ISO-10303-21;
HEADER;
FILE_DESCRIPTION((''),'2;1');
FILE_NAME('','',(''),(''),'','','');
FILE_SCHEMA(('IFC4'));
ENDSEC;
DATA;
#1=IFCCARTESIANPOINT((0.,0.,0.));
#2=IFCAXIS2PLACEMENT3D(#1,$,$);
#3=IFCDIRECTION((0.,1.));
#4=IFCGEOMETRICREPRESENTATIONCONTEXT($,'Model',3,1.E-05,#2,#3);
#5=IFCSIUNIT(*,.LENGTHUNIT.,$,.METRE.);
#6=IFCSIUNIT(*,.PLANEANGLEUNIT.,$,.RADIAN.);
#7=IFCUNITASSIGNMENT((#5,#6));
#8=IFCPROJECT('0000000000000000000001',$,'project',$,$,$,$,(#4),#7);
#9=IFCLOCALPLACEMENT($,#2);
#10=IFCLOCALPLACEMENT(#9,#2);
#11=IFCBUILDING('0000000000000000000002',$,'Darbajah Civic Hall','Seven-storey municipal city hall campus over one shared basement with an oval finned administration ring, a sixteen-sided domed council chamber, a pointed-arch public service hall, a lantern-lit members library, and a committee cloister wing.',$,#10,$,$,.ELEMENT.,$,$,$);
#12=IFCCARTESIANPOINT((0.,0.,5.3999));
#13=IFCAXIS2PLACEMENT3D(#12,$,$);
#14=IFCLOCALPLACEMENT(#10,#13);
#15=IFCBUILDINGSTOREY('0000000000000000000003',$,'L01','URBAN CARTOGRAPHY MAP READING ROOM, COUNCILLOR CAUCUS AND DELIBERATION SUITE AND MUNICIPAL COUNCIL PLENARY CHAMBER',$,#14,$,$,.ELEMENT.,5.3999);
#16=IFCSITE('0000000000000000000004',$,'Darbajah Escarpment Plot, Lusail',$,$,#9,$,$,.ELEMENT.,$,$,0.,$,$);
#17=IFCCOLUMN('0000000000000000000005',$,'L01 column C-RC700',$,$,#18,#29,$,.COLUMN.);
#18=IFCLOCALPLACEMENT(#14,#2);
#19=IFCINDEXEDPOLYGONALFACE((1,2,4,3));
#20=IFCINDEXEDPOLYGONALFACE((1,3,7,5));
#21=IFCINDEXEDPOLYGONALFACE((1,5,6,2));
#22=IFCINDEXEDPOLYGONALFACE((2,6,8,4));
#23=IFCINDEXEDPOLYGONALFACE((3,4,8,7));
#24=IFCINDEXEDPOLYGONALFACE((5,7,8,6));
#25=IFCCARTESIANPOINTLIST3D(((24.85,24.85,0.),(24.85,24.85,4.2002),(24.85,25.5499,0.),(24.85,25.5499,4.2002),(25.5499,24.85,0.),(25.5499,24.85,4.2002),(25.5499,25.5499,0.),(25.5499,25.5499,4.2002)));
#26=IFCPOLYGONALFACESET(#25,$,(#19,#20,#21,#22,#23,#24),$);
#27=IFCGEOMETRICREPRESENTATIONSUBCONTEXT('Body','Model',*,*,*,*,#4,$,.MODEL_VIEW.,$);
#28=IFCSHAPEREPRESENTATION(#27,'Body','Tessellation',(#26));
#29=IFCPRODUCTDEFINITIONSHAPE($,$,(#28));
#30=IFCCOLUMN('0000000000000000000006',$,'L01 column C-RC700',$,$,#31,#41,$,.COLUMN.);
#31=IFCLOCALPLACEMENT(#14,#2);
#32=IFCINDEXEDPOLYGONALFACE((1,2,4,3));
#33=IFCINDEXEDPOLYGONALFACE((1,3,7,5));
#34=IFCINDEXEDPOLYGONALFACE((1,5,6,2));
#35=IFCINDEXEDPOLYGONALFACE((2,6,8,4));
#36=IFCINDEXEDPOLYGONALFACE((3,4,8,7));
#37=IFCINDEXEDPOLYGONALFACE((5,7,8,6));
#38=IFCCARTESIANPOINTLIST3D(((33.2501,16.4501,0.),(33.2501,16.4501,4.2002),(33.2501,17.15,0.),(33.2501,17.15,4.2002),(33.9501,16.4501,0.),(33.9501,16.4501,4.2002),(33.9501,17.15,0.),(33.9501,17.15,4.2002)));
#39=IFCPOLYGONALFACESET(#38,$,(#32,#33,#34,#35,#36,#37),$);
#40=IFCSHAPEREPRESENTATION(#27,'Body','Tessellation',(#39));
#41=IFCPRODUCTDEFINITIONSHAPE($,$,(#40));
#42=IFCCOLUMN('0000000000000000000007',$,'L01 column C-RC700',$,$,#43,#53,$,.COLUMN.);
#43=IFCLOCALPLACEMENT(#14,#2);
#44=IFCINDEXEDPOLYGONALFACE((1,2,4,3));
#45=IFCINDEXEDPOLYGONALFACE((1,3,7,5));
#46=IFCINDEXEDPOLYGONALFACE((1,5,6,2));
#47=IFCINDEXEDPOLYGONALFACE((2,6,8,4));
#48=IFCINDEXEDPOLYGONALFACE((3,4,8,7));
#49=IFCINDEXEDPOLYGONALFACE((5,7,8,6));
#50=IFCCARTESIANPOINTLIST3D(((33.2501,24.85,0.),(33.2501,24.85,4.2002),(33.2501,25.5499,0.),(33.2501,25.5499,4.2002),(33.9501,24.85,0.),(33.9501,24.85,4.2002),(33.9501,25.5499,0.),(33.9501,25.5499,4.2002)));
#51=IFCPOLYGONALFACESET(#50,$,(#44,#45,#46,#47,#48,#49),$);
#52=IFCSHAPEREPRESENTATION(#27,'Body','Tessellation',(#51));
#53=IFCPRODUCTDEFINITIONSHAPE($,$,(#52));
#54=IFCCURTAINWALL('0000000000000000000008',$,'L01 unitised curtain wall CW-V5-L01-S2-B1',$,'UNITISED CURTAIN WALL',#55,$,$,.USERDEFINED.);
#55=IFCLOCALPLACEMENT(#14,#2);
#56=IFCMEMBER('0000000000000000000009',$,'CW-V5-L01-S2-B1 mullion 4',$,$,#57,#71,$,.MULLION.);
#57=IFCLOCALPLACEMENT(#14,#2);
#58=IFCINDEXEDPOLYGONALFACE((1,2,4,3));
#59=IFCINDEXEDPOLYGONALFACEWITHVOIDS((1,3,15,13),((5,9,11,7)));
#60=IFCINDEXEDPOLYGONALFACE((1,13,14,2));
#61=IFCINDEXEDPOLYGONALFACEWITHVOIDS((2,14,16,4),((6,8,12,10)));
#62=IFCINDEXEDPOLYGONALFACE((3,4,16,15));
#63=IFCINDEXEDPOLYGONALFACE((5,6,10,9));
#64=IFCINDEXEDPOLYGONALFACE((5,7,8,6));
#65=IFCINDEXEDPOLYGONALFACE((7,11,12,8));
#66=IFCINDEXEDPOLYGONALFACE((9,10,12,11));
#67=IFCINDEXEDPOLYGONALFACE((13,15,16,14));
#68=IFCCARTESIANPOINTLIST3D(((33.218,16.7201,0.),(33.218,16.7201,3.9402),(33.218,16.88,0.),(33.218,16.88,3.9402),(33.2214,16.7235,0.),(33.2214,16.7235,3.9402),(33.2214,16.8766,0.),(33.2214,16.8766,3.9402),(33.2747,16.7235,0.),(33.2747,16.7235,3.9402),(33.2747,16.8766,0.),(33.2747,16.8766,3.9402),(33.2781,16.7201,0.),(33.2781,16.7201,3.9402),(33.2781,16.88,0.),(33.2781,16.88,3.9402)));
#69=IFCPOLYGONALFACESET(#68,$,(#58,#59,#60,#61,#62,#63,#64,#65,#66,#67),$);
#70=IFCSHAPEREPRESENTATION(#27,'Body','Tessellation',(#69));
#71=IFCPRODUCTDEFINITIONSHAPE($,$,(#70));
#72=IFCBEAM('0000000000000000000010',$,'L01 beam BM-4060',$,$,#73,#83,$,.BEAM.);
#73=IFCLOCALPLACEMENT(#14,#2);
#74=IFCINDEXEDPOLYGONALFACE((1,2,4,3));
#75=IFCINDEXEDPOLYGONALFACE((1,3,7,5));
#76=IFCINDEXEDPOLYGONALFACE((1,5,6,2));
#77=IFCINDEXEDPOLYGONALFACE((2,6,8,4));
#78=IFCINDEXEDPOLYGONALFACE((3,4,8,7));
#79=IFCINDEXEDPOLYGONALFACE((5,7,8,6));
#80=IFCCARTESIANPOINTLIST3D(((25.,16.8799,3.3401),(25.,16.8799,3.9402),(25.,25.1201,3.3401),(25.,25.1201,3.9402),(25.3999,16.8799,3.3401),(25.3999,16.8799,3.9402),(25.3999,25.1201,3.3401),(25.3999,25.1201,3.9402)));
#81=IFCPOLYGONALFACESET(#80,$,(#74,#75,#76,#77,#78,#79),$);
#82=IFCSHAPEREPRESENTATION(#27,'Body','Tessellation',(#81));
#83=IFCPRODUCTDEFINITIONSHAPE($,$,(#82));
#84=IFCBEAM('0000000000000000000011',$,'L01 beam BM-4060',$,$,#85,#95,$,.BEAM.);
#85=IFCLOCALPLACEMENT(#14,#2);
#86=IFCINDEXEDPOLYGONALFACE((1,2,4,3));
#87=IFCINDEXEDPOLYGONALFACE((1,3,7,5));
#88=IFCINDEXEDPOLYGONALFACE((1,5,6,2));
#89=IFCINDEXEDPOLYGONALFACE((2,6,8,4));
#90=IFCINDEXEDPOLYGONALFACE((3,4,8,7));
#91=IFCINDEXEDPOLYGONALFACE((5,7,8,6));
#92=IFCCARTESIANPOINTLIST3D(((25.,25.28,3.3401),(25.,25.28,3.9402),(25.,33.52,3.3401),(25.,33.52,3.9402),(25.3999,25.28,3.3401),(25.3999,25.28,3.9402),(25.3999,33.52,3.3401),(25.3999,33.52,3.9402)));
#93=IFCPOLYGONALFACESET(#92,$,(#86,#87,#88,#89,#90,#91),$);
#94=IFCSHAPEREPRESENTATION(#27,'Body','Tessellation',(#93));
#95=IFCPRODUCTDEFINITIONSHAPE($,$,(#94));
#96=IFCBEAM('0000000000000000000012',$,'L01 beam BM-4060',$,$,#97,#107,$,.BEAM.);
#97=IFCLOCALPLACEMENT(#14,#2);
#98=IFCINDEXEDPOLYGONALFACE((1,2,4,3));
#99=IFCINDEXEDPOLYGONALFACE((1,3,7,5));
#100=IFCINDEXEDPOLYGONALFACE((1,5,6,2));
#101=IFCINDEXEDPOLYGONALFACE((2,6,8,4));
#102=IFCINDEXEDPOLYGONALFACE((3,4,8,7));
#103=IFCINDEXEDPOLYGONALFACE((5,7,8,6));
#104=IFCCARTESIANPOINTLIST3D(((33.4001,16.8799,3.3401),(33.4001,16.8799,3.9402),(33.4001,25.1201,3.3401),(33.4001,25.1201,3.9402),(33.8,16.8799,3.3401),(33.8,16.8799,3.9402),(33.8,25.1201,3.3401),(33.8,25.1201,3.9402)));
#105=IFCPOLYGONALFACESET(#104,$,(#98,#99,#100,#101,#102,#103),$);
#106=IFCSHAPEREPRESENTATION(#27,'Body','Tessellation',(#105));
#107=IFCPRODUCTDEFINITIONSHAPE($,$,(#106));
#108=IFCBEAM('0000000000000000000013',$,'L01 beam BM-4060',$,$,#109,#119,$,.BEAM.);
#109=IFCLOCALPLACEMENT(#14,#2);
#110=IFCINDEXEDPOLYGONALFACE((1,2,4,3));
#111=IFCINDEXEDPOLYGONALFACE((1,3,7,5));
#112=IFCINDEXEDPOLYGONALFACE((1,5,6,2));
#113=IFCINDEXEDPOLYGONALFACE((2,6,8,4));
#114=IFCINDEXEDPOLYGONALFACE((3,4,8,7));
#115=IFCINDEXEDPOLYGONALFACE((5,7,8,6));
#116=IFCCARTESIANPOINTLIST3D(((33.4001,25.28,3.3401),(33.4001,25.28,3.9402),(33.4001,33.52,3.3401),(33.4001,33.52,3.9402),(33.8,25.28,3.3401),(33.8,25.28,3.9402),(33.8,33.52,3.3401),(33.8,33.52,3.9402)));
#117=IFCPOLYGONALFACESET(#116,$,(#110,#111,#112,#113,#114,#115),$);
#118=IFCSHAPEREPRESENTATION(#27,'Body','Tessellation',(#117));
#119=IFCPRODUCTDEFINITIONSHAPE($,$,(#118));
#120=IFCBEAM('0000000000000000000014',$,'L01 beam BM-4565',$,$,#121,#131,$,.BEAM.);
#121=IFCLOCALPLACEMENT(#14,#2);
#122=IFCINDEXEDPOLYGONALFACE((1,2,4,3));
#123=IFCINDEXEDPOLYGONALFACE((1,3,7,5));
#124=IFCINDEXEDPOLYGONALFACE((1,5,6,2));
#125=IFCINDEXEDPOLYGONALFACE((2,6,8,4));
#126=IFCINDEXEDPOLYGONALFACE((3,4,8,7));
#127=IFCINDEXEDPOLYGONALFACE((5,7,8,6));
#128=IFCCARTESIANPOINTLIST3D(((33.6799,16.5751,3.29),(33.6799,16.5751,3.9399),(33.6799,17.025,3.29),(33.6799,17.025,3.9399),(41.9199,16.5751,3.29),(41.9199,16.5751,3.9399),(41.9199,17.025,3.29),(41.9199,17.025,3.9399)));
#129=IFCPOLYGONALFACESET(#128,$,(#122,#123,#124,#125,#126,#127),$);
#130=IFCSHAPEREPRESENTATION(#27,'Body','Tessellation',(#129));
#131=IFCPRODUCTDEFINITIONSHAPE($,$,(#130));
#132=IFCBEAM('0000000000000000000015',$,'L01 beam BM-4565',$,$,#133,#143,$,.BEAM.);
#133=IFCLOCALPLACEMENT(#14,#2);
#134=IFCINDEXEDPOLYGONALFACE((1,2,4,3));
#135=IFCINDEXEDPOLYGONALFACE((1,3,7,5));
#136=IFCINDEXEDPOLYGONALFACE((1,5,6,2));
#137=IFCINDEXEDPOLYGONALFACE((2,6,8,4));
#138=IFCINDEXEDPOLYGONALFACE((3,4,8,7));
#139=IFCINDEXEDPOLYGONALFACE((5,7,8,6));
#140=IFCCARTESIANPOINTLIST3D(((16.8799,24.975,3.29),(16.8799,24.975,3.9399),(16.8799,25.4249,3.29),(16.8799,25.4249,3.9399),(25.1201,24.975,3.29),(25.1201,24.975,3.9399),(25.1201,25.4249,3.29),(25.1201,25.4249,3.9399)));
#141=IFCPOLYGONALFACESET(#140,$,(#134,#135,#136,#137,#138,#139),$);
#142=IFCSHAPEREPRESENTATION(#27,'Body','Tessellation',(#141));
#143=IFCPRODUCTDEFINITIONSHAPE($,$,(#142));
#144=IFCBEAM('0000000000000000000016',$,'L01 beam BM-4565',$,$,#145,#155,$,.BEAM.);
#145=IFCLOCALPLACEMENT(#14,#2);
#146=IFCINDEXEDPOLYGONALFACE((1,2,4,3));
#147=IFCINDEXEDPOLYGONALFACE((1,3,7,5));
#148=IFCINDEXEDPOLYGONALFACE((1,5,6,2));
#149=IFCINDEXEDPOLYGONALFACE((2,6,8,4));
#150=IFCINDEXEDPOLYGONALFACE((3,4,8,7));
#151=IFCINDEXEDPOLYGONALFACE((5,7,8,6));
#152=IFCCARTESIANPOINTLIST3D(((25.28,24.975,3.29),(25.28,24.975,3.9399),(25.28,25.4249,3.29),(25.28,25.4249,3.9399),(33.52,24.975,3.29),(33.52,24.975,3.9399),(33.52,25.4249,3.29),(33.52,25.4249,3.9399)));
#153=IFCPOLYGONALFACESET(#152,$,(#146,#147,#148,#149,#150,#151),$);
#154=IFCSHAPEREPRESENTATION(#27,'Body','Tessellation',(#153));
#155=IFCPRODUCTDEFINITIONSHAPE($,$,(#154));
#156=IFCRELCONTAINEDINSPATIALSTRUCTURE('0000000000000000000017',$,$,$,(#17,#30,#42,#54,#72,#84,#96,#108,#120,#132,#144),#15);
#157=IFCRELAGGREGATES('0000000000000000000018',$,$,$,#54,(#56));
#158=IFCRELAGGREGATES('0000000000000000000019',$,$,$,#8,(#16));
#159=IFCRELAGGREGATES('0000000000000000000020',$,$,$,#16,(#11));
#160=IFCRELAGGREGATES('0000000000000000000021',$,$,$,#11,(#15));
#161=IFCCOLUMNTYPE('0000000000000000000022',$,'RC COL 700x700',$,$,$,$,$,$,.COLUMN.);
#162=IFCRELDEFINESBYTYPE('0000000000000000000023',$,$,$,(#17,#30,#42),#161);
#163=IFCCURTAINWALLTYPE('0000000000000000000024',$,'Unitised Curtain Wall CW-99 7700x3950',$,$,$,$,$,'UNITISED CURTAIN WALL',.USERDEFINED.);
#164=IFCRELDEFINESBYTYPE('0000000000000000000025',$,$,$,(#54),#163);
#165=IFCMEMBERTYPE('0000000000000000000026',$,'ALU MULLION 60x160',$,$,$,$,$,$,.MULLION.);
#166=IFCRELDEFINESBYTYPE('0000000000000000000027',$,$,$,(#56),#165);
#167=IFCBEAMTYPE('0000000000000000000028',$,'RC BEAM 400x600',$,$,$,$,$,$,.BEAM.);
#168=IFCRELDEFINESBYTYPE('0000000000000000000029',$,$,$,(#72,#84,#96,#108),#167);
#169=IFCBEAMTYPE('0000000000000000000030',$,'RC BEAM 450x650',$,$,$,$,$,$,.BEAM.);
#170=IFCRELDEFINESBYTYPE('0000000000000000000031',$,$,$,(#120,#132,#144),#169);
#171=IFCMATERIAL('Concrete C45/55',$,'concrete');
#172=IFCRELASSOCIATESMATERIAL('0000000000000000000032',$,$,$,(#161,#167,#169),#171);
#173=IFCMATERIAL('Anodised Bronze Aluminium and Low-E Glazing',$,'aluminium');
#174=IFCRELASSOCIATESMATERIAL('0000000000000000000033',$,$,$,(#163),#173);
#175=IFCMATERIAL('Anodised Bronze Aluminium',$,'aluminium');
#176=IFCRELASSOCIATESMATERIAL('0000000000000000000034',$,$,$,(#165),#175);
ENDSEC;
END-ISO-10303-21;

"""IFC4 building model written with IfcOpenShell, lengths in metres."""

from ifc_helpers import new_model, si_unit, direction, frame, origin, origin_2d, place, context, subcontext, project, spatial, rectangle, hollow_rectangle, extrude, material, material_profile, profile_set, type_object, element, aggregate, save


model = new_model("IFC4")

# Units and contexts
model_context = context("Model", 3, precision=1e-05, world=origin(), true_north=direction((0.0, 1.0)))
body_context = subcontext(model_context, "Body", "Model", "MODEL_VIEW")
ifc_project = project(units=[si_unit("LENGTHUNIT", "METRE"), si_unit("PLANEANGLEUNIT", "RADIAN")], contexts=[model_context])

# Site, building, storey
site_placement = place(None, origin())
site = spatial("IfcSite", under=ifc_project, at=site_placement, Name="Darbajah Escarpment Plot, Lusail", CompositionType="ELEMENT", RefElevation=0.0)
building_placement = place(site_placement, origin())
building = spatial("IfcBuilding", under=site, at=building_placement, Name="Darbajah Civic Hall", Description="Seven-storey municipal city hall campus over one shared basement with an oval finned administration ring, a sixteen-sided domed council chamber, a pointed-arch public service hall, a lantern-lit members library, and a committee cloister wing.", CompositionType="ELEMENT")
storey_placement = place(building_placement, frame((0.0, 0.0, 5.3999)))
storey = spatial("IfcBuildingStorey", under=building, at=storey_placement, Name="L01", Description="URBAN CARTOGRAPHY MAP READING ROOM, COUNCILLOR CAUCUS AND DELIBERATION SUITE AND MUNICIPAL COUNCIL PLENARY CHAMBER", CompositionType="ELEMENT", Elevation=5.3999)

# Columns
ifc_material_1 = material(Name="Concrete C45/55", Category="concrete")
ifc_material_profile_1 = material_profile(ifc_material_1, rectangle(XDim=0.7, YDim=0.7, at=origin_2d()), Name="RC COL 700x700")
ifc_profile_set_1 = profile_set([ifc_material_profile_1], Name="Concrete C45/55")
column_type = type_object("IfcColumnType", Name="RC COL 700x700", PredefinedType="COLUMN", material=ifc_profile_set_1)
for number, where, z_axis, x_axis, name in (
    (1, (25.2, 25.2, 0.0), (0.0, 0.0, 1.0), (1.0, 0.0, 0.0), "L01 column C-RC700"),
    (2, (33.6001, 16.8, 0.0), (0.0, 0.0, 1.0), (1.0, 0.0, 0.0), "L01 column C-RC700"),
    (3, (33.6001, 25.2, 0.0), (0.0, 0.0, 1.0), (1.0, 0.0, 0.0), "L01 column C-RC700"),
):
    element("IfcColumn", number, at=place(storey_placement, frame(where, z_axis=z_axis, x_axis=x_axis)), inside=storey, type_object=column_type, Name=name, PredefinedType="COLUMN", context=body_context, shape_type="SweptSolid", body=[
        extrude(rectangle(XDim=0.7, YDim=0.7, at=origin_2d()), origin(), (0.0, 0.0, 1.0), 4.2002),
    ])

# Curtain wall, member
ifc_material_2 = material(Name="Anodised Bronze Aluminium and Low-E Glazing", Category="aluminium")
curtain_wall_type = type_object("IfcCurtainWallType", Name="Unitised Curtain Wall CW-99 7700x3950", ElementType="UNITISED CURTAIN WALL", PredefinedType="USERDEFINED", material=ifc_material_2)
curtain_wall_placement = place(storey_placement, origin())
curtain_wall = element("IfcCurtainWall", 4, at=curtain_wall_placement, inside=storey, type_object=curtain_wall_type, Name="L01 unitised curtain wall CW-V5-L01-S2-B1", ObjectType="UNITISED CURTAIN WALL", PredefinedType="USERDEFINED")
ifc_material_3 = material(Name="Anodised Bronze Aluminium", Category="aluminium")
ifc_material_profile_2 = material_profile(ifc_material_3, hollow_rectangle(XDim=0.0601, YDim=0.1599, WallThickness=0.0034, at=origin_2d()), Name="ALU MULLION 60x160")
ifc_profile_set_2 = profile_set([ifc_material_profile_2], Name="Anodised Bronze Aluminium")
member_type = type_object("IfcMemberType", Name="ALU MULLION 60x160", PredefinedType="MULLION", material=ifc_profile_set_2)
member_placement = place(storey_placement, frame((33.248, 16.8, 0.0), z_axis=(0.0, 0.0, 1.0), x_axis=(1.0, 0.0, 0.0)))
member = element("IfcMember", 5, at=member_placement, type_object=member_type, Name="CW-V5-L01-S2-B1 mullion 4", PredefinedType="MULLION", context=body_context, shape_type="SweptSolid", body=[
    extrude(hollow_rectangle(XDim=0.0601, YDim=0.1599, WallThickness=0.0034, at=origin_2d()), origin(), (0.0, 0.0, 1.0), 3.9402),
])

# Beams
ifc_material_profile_3 = material_profile(ifc_material_1, rectangle(XDim=0.3999, YDim=0.6001, at=origin_2d()), Name="RC BEAM 400x600")
ifc_profile_set_3 = profile_set([ifc_material_profile_3], Name="Concrete C45/55")
beam_type_1 = type_object("IfcBeamType", Name="RC BEAM 400x600", PredefinedType="BEAM", material=ifc_profile_set_3)
beam_1_placement = place(storey_placement, frame((25.2, 16.8799, 3.6401), z_axis=(0.0, 1.0, 0.0), x_axis=(-1.0, 0.0, 0.0)))
element("IfcBeam", 6, at=beam_1_placement, inside=storey, type_object=beam_type_1, Name="L01 beam BM-4060", PredefinedType="BEAM", context=body_context, shape_type="SweptSolid", body=[
    extrude(rectangle(XDim=0.3999, YDim=0.6001, at=origin_2d()), origin(), (0.0, 0.0, 1.0), 8.2402),
])
beam_2_placement = place(storey_placement, frame((25.2, 25.28, 3.6401), z_axis=(0.0, 1.0, 0.0), x_axis=(-1.0, 0.0, 0.0)))
element("IfcBeam", 7, at=beam_2_placement, inside=storey, type_object=beam_type_1, Name="L01 beam BM-4060", PredefinedType="BEAM", context=body_context, shape_type="SweptSolid", body=[
    extrude(rectangle(XDim=0.3999, YDim=0.6001, at=origin_2d()), origin(), (0.0, 0.0, 1.0), 8.24),
])
beam_3_placement = place(storey_placement, frame((33.6001, 16.8799, 3.6401), z_axis=(0.0, 1.0, 0.0), x_axis=(-1.0, 0.0, 0.0)))
element("IfcBeam", 8, at=beam_3_placement, inside=storey, type_object=beam_type_1, Name="L01 beam BM-4060", PredefinedType="BEAM", context=body_context, shape_type="SweptSolid", body=[
    extrude(rectangle(XDim=0.3999, YDim=0.6001, at=origin_2d()), origin(), (0.0, 0.0, 1.0), 8.2402),
])
beam_4_placement = place(storey_placement, frame((33.6001, 25.28, 3.6401), z_axis=(0.0, 1.0, 0.0), x_axis=(-1.0, 0.0, 0.0)))
element("IfcBeam", 9, at=beam_4_placement, inside=storey, type_object=beam_type_1, Name="L01 beam BM-4060", PredefinedType="BEAM", context=body_context, shape_type="SweptSolid", body=[
    extrude(rectangle(XDim=0.3999, YDim=0.6001, at=origin_2d()), origin(), (0.0, 0.0, 1.0), 8.24),
])
ifc_material_profile_4 = material_profile(ifc_material_1, rectangle(XDim=0.45, YDim=0.6499, at=origin_2d()), Name="RC BEAM 450x650")
ifc_profile_set_4 = profile_set([ifc_material_profile_4], Name="Concrete C45/55")
beam_type_2 = type_object("IfcBeamType", Name="RC BEAM 450x650", PredefinedType="BEAM", material=ifc_profile_set_4)
beam_5_placement = place(storey_placement, frame((33.6799, 16.8, 3.615), z_axis=(1.0, 0.0, 0.0), x_axis=(0.0, 1.0, 0.0)))
element("IfcBeam", 10, at=beam_5_placement, inside=storey, type_object=beam_type_2, Name="L01 beam BM-4565", PredefinedType="BEAM", context=body_context, shape_type="SweptSolid", body=[
    extrude(rectangle(XDim=0.45, YDim=0.6499, at=origin_2d()), origin(), (0.0, 0.0, 1.0), 8.24),
])
beam_6_placement = place(storey_placement, frame((16.8799, 25.2, 3.615), z_axis=(1.0, 0.0, 0.0), x_axis=(0.0, 1.0, 0.0)))
element("IfcBeam", 11, at=beam_6_placement, inside=storey, type_object=beam_type_2, Name="L01 beam BM-4565", PredefinedType="BEAM", context=body_context, shape_type="SweptSolid", body=[
    extrude(rectangle(XDim=0.45, YDim=0.6499, at=origin_2d()), origin(), (0.0, 0.0, 1.0), 8.2402),
])
beam_7_placement = place(storey_placement, frame((25.28, 25.2, 3.615), z_axis=(1.0, 0.0, 0.0), x_axis=(0.0, 1.0, 0.0)))
element("IfcBeam", 12, at=beam_7_placement, inside=storey, type_object=beam_type_2, Name="L01 beam BM-4565", PredefinedType="BEAM", context=body_context, shape_type="SweptSolid", body=[
    extrude(rectangle(XDim=0.45, YDim=0.6499, at=origin_2d()), origin(), (0.0, 0.0, 1.0), 8.24),
])

aggregate(curtain_wall, [member])

save(model, "model.ifc")
